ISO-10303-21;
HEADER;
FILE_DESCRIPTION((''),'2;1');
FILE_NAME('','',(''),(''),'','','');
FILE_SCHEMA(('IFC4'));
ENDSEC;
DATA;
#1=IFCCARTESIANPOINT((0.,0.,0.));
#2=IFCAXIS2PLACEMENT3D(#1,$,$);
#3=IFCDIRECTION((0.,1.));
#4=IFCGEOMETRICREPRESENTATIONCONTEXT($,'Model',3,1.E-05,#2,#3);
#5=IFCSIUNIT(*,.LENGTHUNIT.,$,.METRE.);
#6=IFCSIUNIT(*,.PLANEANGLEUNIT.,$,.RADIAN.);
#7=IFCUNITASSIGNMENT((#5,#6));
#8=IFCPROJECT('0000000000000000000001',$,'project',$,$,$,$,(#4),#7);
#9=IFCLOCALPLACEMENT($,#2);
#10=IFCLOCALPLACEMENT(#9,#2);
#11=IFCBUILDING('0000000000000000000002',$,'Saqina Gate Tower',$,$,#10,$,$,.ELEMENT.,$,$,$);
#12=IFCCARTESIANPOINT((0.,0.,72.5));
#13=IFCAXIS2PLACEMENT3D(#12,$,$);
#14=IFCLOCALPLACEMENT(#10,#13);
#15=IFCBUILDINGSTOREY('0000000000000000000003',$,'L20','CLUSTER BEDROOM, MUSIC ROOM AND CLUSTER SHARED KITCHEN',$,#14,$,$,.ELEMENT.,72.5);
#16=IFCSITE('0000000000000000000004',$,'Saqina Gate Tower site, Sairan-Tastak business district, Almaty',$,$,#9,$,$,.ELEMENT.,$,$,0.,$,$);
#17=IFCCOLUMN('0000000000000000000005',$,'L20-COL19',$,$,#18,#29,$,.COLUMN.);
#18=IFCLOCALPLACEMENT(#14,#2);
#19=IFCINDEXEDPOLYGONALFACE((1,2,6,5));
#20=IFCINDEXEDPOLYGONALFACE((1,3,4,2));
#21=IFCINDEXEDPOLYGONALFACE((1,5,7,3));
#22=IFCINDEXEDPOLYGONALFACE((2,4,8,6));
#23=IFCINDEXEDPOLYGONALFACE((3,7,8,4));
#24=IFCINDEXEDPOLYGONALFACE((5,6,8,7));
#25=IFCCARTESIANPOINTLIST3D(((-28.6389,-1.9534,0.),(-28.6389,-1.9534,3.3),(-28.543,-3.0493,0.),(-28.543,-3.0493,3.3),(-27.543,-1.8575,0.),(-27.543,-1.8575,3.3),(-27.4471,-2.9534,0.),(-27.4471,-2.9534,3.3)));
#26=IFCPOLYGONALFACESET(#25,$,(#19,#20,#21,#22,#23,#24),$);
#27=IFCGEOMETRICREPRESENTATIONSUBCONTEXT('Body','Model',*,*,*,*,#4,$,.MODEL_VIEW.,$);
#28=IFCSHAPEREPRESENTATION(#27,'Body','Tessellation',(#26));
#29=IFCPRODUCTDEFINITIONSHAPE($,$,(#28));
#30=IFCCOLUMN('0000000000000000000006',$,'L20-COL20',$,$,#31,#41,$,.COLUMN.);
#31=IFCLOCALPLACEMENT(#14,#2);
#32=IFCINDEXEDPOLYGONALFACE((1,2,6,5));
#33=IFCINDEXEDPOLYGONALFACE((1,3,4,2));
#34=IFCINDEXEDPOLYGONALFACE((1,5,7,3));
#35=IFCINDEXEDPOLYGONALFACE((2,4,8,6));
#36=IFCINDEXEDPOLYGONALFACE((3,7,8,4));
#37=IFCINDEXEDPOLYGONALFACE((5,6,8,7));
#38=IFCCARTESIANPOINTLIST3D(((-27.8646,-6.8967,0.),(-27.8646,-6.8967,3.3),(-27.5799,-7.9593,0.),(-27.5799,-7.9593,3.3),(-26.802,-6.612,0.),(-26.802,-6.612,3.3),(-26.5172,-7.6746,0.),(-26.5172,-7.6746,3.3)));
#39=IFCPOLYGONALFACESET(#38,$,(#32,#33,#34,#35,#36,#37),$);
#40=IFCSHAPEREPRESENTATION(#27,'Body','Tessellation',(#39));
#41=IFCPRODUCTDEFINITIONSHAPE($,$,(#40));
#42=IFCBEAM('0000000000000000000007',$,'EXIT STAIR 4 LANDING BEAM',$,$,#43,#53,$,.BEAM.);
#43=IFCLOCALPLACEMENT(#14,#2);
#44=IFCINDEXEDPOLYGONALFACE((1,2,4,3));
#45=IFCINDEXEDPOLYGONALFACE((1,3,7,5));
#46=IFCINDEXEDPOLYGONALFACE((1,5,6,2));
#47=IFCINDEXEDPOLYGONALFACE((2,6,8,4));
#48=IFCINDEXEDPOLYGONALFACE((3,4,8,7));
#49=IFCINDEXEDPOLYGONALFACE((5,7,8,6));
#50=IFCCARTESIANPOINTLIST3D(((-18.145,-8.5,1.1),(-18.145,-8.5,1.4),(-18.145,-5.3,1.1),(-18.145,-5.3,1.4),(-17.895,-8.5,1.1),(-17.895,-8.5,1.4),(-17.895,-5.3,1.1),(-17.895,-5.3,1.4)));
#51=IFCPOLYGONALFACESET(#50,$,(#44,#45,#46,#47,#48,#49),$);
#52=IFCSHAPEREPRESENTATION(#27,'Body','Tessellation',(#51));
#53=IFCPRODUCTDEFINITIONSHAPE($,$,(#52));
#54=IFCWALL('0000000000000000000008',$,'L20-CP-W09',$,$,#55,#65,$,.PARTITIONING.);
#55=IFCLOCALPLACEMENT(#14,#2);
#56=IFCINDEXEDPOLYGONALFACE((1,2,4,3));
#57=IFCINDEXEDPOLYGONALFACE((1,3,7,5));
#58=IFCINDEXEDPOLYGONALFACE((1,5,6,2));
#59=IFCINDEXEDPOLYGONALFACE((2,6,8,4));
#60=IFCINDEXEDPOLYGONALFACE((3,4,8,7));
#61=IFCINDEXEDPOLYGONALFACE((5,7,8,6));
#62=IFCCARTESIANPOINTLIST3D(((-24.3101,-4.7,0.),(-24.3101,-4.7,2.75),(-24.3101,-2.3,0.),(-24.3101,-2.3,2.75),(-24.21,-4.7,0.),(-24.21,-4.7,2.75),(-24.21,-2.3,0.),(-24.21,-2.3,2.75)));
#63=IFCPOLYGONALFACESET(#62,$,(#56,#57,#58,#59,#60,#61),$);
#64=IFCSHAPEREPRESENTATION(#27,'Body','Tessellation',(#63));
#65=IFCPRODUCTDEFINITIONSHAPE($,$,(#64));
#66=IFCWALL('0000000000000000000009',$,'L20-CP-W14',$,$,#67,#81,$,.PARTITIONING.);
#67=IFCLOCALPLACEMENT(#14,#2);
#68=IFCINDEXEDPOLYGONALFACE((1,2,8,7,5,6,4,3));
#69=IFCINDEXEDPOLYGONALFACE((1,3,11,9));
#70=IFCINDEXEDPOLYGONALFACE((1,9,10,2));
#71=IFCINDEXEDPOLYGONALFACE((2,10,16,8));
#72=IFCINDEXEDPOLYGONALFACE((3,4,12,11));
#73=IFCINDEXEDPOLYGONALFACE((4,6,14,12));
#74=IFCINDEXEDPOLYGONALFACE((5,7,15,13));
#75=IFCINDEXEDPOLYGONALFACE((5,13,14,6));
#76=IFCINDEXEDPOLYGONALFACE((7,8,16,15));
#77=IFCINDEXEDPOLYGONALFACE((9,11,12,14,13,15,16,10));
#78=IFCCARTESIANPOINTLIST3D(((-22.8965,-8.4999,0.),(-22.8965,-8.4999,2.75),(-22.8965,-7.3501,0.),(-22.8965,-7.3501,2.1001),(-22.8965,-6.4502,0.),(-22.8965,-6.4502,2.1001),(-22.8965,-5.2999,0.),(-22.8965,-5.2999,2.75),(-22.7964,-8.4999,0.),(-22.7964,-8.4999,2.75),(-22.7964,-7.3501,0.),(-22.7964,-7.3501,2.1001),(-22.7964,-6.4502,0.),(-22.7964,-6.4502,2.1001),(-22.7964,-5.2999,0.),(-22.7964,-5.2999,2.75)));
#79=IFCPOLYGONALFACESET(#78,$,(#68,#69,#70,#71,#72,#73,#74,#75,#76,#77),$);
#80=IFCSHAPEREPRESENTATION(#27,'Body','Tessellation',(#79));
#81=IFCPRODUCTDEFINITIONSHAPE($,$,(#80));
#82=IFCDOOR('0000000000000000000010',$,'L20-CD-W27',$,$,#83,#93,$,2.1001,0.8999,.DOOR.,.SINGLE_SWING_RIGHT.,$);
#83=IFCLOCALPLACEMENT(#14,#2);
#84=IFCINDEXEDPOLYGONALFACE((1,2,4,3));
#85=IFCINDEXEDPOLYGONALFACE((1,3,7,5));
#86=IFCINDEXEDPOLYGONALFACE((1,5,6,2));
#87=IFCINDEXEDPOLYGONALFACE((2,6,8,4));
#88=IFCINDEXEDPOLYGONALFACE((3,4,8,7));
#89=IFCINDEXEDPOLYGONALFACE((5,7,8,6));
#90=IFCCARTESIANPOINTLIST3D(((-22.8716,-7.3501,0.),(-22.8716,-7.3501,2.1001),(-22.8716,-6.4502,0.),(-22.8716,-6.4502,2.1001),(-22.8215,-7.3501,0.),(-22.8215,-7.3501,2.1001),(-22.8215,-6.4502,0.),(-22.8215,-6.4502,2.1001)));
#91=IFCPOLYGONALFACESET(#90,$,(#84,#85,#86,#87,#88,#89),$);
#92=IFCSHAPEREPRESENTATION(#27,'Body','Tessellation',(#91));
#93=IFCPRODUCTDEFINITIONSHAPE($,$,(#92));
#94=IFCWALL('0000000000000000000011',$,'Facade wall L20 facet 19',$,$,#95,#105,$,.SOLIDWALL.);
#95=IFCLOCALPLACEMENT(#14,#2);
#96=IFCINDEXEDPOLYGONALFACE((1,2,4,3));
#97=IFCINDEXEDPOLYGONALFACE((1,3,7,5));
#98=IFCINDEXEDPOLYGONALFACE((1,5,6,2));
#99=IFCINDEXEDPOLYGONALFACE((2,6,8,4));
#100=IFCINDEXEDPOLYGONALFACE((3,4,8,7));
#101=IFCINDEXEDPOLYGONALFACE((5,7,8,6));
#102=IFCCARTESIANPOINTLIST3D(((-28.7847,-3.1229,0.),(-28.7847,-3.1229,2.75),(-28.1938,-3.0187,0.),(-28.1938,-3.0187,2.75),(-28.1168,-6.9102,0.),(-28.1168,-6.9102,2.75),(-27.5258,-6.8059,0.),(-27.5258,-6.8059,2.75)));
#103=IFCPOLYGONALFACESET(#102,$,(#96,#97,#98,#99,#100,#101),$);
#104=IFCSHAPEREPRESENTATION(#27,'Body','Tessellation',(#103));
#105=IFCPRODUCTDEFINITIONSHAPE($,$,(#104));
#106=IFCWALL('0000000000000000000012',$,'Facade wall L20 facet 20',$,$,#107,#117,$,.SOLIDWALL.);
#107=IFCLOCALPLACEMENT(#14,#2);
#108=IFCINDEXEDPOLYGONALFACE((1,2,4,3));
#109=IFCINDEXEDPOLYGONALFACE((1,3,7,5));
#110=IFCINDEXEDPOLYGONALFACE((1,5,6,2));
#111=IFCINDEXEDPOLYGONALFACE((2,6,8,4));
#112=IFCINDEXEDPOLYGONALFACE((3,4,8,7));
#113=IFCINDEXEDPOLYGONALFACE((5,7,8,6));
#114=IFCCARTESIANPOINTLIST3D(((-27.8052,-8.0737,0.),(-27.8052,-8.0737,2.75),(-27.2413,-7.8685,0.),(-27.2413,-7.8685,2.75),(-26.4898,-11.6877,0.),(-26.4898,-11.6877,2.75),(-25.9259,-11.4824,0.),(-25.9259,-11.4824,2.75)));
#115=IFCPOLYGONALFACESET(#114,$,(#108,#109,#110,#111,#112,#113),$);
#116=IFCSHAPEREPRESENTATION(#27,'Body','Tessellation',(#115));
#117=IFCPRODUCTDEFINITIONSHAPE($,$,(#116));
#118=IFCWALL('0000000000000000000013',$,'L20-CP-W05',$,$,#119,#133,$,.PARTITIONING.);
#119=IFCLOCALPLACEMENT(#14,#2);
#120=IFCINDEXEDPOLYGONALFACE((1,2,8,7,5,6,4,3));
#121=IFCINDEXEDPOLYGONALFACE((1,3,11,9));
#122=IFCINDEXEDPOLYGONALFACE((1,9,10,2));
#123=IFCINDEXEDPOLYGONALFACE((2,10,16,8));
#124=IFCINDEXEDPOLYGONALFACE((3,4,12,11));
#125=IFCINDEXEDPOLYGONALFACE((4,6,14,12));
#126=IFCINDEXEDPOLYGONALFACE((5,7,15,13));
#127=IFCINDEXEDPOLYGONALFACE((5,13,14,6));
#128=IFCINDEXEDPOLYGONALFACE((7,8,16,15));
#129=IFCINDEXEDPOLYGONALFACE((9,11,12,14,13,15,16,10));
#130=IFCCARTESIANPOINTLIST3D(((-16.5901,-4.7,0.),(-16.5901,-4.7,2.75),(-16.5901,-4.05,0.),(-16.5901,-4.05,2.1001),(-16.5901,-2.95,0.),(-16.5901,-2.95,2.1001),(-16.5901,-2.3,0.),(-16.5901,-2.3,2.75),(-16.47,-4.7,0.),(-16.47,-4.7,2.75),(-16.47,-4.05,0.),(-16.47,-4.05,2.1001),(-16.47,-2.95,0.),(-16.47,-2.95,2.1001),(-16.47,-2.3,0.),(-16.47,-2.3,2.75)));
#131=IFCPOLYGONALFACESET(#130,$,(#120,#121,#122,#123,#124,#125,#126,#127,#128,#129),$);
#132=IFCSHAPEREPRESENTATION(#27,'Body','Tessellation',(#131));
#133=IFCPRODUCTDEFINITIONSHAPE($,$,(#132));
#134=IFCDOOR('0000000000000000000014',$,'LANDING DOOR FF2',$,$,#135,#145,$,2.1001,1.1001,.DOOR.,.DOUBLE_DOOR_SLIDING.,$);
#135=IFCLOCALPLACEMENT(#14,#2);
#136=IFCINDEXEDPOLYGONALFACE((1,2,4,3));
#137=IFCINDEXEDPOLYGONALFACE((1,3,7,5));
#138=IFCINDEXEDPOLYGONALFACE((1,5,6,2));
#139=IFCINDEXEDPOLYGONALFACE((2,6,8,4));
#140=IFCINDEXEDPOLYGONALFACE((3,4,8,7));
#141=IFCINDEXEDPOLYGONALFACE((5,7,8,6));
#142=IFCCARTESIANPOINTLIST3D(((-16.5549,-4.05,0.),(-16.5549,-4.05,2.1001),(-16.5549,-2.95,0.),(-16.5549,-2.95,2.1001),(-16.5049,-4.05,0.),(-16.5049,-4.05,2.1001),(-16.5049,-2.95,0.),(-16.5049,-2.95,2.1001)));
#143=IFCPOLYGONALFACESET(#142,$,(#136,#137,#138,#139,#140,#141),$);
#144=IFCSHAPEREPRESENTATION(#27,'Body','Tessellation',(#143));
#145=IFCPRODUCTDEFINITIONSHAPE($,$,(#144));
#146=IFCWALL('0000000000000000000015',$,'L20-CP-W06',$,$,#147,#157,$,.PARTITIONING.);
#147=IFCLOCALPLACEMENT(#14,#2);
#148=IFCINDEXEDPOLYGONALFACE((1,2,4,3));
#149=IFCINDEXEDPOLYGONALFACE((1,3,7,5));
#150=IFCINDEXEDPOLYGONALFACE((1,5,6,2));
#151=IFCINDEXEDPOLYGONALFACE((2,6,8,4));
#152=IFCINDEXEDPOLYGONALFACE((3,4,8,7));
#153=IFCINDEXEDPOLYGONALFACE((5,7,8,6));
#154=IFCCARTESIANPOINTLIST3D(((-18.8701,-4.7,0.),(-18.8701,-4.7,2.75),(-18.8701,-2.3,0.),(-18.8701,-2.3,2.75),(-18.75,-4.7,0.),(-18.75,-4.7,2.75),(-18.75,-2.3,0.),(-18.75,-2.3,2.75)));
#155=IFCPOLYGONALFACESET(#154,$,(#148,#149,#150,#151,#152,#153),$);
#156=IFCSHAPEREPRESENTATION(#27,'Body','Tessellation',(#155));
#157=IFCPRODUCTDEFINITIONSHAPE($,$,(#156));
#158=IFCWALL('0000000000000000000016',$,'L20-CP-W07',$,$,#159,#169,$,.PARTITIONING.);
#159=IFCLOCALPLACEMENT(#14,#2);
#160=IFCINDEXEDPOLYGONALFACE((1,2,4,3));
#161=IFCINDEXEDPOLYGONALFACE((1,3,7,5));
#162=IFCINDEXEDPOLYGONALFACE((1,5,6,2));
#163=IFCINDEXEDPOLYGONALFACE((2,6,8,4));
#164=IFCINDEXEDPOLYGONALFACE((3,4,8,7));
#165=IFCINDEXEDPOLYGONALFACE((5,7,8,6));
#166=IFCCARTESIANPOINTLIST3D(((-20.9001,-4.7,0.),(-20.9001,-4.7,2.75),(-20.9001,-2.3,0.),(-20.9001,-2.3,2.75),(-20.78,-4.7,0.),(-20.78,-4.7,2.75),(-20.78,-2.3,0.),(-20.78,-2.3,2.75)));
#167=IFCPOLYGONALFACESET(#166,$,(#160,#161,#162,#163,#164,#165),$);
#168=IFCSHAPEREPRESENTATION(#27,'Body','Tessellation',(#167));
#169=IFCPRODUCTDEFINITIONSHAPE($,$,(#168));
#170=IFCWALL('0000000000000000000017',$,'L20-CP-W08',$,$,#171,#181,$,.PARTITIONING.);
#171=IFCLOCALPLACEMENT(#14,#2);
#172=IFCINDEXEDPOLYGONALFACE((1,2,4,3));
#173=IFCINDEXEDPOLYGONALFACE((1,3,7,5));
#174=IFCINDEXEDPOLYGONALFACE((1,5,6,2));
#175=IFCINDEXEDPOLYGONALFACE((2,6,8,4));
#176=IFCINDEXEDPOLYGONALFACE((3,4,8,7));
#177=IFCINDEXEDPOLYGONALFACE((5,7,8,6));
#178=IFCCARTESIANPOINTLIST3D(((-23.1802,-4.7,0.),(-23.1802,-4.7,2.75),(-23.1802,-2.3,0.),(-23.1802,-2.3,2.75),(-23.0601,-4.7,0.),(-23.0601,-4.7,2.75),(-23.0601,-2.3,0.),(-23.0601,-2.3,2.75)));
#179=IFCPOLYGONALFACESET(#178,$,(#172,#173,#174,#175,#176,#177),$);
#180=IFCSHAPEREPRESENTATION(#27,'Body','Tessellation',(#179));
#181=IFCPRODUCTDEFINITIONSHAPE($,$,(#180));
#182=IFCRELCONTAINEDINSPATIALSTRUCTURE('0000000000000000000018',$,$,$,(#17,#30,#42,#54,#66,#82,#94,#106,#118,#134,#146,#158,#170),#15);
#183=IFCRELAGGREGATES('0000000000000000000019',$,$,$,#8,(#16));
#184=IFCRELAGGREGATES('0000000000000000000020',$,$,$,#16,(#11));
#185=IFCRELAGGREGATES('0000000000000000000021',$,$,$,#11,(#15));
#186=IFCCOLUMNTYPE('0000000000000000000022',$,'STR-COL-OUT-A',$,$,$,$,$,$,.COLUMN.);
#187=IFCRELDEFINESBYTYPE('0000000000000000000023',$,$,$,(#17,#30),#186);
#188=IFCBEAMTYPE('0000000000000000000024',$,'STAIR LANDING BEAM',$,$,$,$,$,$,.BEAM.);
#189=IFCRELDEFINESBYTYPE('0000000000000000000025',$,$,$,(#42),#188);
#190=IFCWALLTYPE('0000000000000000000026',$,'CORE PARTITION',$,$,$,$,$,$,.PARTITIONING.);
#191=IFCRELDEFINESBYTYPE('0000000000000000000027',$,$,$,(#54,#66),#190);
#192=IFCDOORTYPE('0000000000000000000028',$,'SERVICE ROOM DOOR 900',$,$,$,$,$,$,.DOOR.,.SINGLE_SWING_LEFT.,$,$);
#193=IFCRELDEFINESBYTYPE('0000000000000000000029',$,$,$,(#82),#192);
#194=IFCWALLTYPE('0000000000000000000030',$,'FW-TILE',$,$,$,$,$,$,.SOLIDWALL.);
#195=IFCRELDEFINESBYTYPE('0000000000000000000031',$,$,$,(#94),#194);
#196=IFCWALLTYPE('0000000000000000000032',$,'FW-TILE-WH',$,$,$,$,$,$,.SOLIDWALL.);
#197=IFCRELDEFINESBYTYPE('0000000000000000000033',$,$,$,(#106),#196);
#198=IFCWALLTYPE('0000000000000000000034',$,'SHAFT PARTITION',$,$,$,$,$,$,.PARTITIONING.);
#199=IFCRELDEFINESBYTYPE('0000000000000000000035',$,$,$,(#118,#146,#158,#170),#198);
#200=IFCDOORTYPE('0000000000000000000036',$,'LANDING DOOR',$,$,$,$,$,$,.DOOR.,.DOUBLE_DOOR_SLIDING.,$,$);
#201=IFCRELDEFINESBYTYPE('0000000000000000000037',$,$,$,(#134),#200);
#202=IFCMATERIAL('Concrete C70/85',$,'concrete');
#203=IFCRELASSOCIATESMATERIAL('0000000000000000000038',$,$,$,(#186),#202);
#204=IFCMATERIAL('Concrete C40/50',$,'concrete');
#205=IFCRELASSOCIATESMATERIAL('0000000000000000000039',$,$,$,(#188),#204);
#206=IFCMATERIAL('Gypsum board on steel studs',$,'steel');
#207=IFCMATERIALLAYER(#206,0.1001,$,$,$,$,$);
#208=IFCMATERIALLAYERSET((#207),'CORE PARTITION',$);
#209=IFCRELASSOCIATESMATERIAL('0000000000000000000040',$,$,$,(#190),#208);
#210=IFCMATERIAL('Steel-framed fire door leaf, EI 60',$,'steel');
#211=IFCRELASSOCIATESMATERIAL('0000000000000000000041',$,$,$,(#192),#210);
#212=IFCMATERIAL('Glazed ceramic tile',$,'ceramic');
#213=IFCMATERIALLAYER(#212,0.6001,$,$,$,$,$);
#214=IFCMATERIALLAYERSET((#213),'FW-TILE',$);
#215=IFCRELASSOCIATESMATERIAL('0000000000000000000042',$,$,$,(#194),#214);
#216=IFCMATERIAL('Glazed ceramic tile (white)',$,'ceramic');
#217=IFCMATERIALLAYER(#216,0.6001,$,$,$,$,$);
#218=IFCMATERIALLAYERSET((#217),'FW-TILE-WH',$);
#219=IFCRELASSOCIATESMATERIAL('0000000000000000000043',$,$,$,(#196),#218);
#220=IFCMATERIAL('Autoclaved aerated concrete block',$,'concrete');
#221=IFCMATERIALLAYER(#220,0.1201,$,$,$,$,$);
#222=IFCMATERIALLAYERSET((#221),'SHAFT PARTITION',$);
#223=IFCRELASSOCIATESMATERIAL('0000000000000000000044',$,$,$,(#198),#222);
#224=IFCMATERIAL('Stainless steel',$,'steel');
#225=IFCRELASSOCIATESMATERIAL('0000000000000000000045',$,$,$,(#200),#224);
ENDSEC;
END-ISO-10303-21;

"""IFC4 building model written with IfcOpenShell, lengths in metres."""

from ifc_helpers import new_model, si_unit, direction, frame, frame_2d, origin, origin_2d, place, context, subcontext, project, spatial, rectangle, extrude, material, layer, layer_set, material_profile, profile_set, type_object, element, fill, save


model = new_model("IFC4")

# Units and contexts
model_context = context("Model", 3, precision=1e-05, world=origin(), true_north=direction((0.0, 1.0)))
body_context = subcontext(model_context, "Body", "Model", "MODEL_VIEW")
ifc_project = project(units=[si_unit("LENGTHUNIT", "METRE"), si_unit("PLANEANGLEUNIT", "RADIAN")], contexts=[model_context])

# Site, building, storey
site_placement = place(None, origin())
site = spatial("IfcSite", under=ifc_project, at=site_placement, Name="Saqina Gate Tower site, Sairan-Tastak business district, Almaty", CompositionType="ELEMENT", RefElevation=0.0)
building_placement = place(site_placement, origin())
building = spatial("IfcBuilding", under=site, at=building_placement, Name="Saqina Gate Tower", CompositionType="ELEMENT")
storey_placement = place(building_placement, frame((0.0, 0.0, 72.5)))
storey = spatial("IfcBuildingStorey", under=building, at=storey_placement, Name="L20", Description="CLUSTER BEDROOM, MUSIC ROOM AND CLUSTER SHARED KITCHEN", CompositionType="ELEMENT", Elevation=72.5)

# Columns
ifc_material_1 = material(Name="Concrete C70/85", Category="concrete")
ifc_material_profile_1 = material_profile(ifc_material_1, rectangle(XDim=1.1001, YDim=1.1001, at=origin_2d()), Name="RC 1100x1100")
ifc_profile_set_1 = profile_set([ifc_material_profile_1], Name="Concrete C70/85")
column_type = type_object("IfcColumnType", Name="STR-COL-OUT-A", PredefinedType="COLUMN", material=ifc_profile_set_1)
for number, where, z_axis, x_axis, name in (
    (1, (-28.043, -2.4534, 0.0), (0.0, 0.0, 1.0), (-0.996195, -0.087156, 0.0), "L20-COL19"),
    (2, (-27.1909, -7.2856, 0.0), (0.0, 0.0, 1.0), (-0.965926, -0.258819, 0.0), "L20-COL20"),
):
    element("IfcColumn", number, at=place(storey_placement, frame(where, z_axis=z_axis, x_axis=x_axis)), inside=storey, type_object=column_type, Name=name, PredefinedType="COLUMN", context=body_context, shape_type="SweptSolid", body=[
        extrude(rectangle(XDim=1.1001, YDim=1.1001, at=origin_2d()), origin(), (0.0, 0.0, 1.0), 3.3),
    ])

# Beam
ifc_material_2 = material(Name="Concrete C40/50", Category="concrete")
ifc_material_profile_2 = material_profile(ifc_material_2, rectangle(XDim=0.25, YDim=0.3, at=origin_2d()), Name="STAIR LANDING BEAM")
ifc_profile_set_2 = profile_set([ifc_material_profile_2], Name="Concrete C40/50")
beam_type = type_object("IfcBeamType", Name="STAIR LANDING BEAM", PredefinedType="BEAM", material=ifc_profile_set_2)
beam_placement = place(storey_placement, frame((-18.02, -8.5, 1.25), z_axis=(0.0, 1.0, 0.0), x_axis=(-1.0, 0.0, 0.0)))
element("IfcBeam", 3, at=beam_placement, inside=storey, type_object=beam_type, Name="EXIT STAIR 4 LANDING BEAM", PredefinedType="BEAM", context=body_context, shape_type="SweptSolid", body=[
    extrude(rectangle(XDim=0.25, YDim=0.3, at=origin_2d()), origin(), (0.0, 0.0, 1.0), 3.2),
])

# Wall
ifc_material_3 = material(Name="Gypsum board on steel studs", Category="steel")
ifc_layer_1 = layer(ifc_material_3, 0.1001)
ifc_layer_set_1 = layer_set([ifc_layer_1], Name="CORE PARTITION")
wall_type_1 = type_object("IfcWallType", Name="CORE PARTITION", PredefinedType="PARTITIONING", material=ifc_layer_set_1)
wall_1_placement = place(storey_placement, frame((-24.26, -4.7, 0.0), z_axis=(0.0, 0.0, 1.0), x_axis=(0.0, 1.0, 0.0)))
element("IfcWall", 4, at=wall_1_placement, inside=storey, type_object=wall_type_1, Name="L20-CP-W09", PredefinedType="PARTITIONING", context=body_context, shape_type="SweptSolid", body=[
    extrude(rectangle(XDim=2.3999, YDim=0.1001, at=frame_2d((1.2, 0.0))), origin(), (0.0, 0.0, 1.0), 2.75),
])

# Wall, opening, door
wall_2_placement = place(storey_placement, frame((-22.8464, -8.5, 0.0), z_axis=(0.0, 0.0, 1.0), x_axis=(0.0, 1.0, 0.0)))
wall_2 = element("IfcWall", 5, at=wall_2_placement, inside=storey, type_object=wall_type_1, Name="L20-CP-W14", PredefinedType="PARTITIONING", context=body_context, shape_type="SweptSolid", body=[
    extrude(rectangle(XDim=3.2, YDim=0.1001, at=frame_2d((1.6001, 0.0))), origin(), (0.0, 0.0, 1.0), 2.75),
])
opening_1_placement = place(wall_2_placement, frame((1.1499, 0.0, 0.0)))
opening_1 = element("IfcOpeningElement", 6, at=opening_1_placement, cuts=wall_2, PredefinedType="OPENING", context=body_context, shape_type="SweptSolid", body=[
    extrude(rectangle(XDim=0.8999, YDim=2.1001, at=frame_2d((0.45, 1.05))), frame((0.0, 0.062, 0.0), z_axis=(0.0, -1.0, 0.0), x_axis=(1.0, 0.0, 0.0)), (0.0, 0.0, 1.0), 0.124),
])
ifc_material_4 = material(Name="Steel-framed fire door leaf, EI 60", Category="steel")
door_type_1 = type_object("IfcDoorType", Name="SERVICE ROOM DOOR 900", OperationType="SINGLE_SWING_LEFT", PredefinedType="DOOR", material=ifc_material_4)
door_1_placement = place(opening_1_placement, frame((0.8999, 0.0, 0.0), z_axis=(0.0, 0.0, 1.0), x_axis=(-1.0, 0.0, 0.0)))
door_1 = element("IfcDoor", 7, at=door_1_placement, inside=storey, type_object=door_type_1, Name="L20-CD-W27", OperationType="SINGLE_SWING_RIGHT", OverallHeight=2.1001, OverallWidth=0.8999, PredefinedType="DOOR", context=body_context, shape_type="SweptSolid", body=[
    extrude(rectangle(XDim=0.8999, YDim=2.1001, at=frame_2d((0.45, 1.05))), frame((0.0, 0.0249, 0.0), z_axis=(0.0, -1.0, 0.0), x_axis=(1.0, 0.0, 0.0)), (0.0, 0.0, 1.0), 0.05),
])
fill(opening_1, door_1)

# Walls
ifc_material_5 = material(Name="Glazed ceramic tile", Category="ceramic")
ifc_layer_2 = layer(ifc_material_5, 0.6001)
ifc_layer_set_2 = layer_set([ifc_layer_2], Name="FW-TILE")
wall_type_2 = type_object("IfcWallType", Name="FW-TILE", PredefinedType="SOLIDWALL", material=ifc_layer_set_2)
wall_3_placement = place(storey_placement, frame((-28.4893, -3.0708, 0.0), z_axis=(0.0, 0.0, 1.0), x_axis=(0.173688, -0.984801, 0.0)))
element("IfcWall", 8, at=wall_3_placement, inside=storey, type_object=wall_type_2, Name="Facade wall L20 facet 19", PredefinedType="SOLIDWALL", context=body_context, shape_type="SweptSolid", body=[
    extrude(rectangle(XDim=3.8457, YDim=0.6001, at=frame_2d((1.9229, 0.0))), origin(), (0.0, 0.0, 1.0), 2.75),
])
ifc_material_6 = material(Name="Glazed ceramic tile (white)", Category="ceramic")
ifc_layer_3 = layer(ifc_material_6, 0.6001)
ifc_layer_set_3 = layer_set([ifc_layer_3], Name="FW-TILE-WH")
wall_type_3 = type_object("IfcWallType", Name="FW-TILE-WH", PredefinedType="SOLIDWALL", material=ifc_layer_set_3)
wall_4_placement = place(storey_placement, frame((-27.5232, -7.9712, 0.0), z_axis=(0.0, 0.0, 1.0), x_axis=(0.342028, -0.93969, 0.0)))
element("IfcWall", 9, at=wall_4_placement, inside=storey, type_object=wall_type_3, Name="Facade wall L20 facet 20", PredefinedType="SOLIDWALL", context=body_context, shape_type="SweptSolid", body=[
    extrude(rectangle(XDim=3.8459, YDim=0.6001, at=frame_2d((1.9229, 0.0))), origin(), (0.0, 0.0, 1.0), 2.75),
])

# Wall, opening, door
ifc_material_7 = material(Name="Autoclaved aerated concrete block", Category="concrete")
ifc_layer_4 = layer(ifc_material_7, 0.1201)
ifc_layer_set_4 = layer_set([ifc_layer_4], Name="SHAFT PARTITION")
wall_type_4 = type_object("IfcWallType", Name="SHAFT PARTITION", PredefinedType="PARTITIONING", material=ifc_layer_set_4)
wall_5_placement = place(storey_placement, frame((-16.53, -4.7, 0.0), z_axis=(0.0, 0.0, 1.0), x_axis=(0.0, 1.0, 0.0)))
wall_5 = element("IfcWall", 10, at=wall_5_placement, inside=storey, type_object=wall_type_4, Name="L20-CP-W05", PredefinedType="PARTITIONING", context=body_context, shape_type="SweptSolid", body=[
    extrude(rectangle(XDim=2.3999, YDim=0.1201, at=frame_2d((1.2, 0.0))), origin(), (0.0, 0.0, 1.0), 2.75),
])
opening_2_placement = place(wall_5_placement, frame((0.6499, 0.0, 0.0)))
opening_2 = element("IfcOpeningElement", 11, at=opening_2_placement, cuts=wall_5, PredefinedType="OPENING", context=body_context, shape_type="SweptSolid", body=[
    extrude(rectangle(XDim=1.1001, YDim=2.1001, at=frame_2d((0.55, 1.05))), frame((0.0, 0.072, 0.0), z_axis=(0.0, -1.0, 0.0), x_axis=(1.0, 0.0, 0.0)), (0.0, 0.0, 1.0), 0.144),
])
ifc_material_8 = material(Name="Stainless steel", Category="steel")
door_type_2 = type_object("IfcDoorType", Name="LANDING DOOR", OperationType="DOUBLE_DOOR_SLIDING", PredefinedType="DOOR", material=ifc_material_8)
door_2_placement = place(opening_2_placement, origin())
door_2 = element("IfcDoor", 12, at=door_2_placement, inside=storey, type_object=door_type_2, Name="LANDING DOOR FF2", OperationType="DOUBLE_DOOR_SLIDING", OverallHeight=2.1001, OverallWidth=1.1001, PredefinedType="DOOR", context=body_context, shape_type="SweptSolid", body=[
    extrude(rectangle(XDim=1.1001, YDim=2.1001, at=frame_2d((0.55, 1.05))), frame((0.0, 0.0249, 0.0), z_axis=(0.0, -1.0, 0.0), x_axis=(1.0, 0.0, 0.0)), (0.0, 0.0, 1.0), 0.05),
])
fill(opening_2, door_2)

# Walls
for number, where, z_axis, x_axis, name in (
    (13, (-18.8101, -4.7, 0.0), (0.0, 0.0, 1.0), (0.0, 1.0, 0.0), "L20-CP-W06"),
    (14, (-20.8401, -4.7, 0.0), (0.0, 0.0, 1.0), (0.0, 1.0, 0.0), "L20-CP-W07"),
    (15, (-23.1201, -4.7, 0.0), (0.0, 0.0, 1.0), (0.0, 1.0, 0.0), "L20-CP-W08"),
):
    element("IfcWall", number, at=place(storey_placement, frame(where, z_axis=z_axis, x_axis=x_axis)), inside=storey, type_object=wall_type_4, Name=name, PredefinedType="PARTITIONING", context=body_context, shape_type="SweptSolid", body=[
        extrude(rectangle(XDim=2.3999, YDim=0.1201, at=frame_2d((1.2, 0.0))), origin(), (0.0, 0.0, 1.0), 2.75),
    ])

save(model, "model.ifc")
